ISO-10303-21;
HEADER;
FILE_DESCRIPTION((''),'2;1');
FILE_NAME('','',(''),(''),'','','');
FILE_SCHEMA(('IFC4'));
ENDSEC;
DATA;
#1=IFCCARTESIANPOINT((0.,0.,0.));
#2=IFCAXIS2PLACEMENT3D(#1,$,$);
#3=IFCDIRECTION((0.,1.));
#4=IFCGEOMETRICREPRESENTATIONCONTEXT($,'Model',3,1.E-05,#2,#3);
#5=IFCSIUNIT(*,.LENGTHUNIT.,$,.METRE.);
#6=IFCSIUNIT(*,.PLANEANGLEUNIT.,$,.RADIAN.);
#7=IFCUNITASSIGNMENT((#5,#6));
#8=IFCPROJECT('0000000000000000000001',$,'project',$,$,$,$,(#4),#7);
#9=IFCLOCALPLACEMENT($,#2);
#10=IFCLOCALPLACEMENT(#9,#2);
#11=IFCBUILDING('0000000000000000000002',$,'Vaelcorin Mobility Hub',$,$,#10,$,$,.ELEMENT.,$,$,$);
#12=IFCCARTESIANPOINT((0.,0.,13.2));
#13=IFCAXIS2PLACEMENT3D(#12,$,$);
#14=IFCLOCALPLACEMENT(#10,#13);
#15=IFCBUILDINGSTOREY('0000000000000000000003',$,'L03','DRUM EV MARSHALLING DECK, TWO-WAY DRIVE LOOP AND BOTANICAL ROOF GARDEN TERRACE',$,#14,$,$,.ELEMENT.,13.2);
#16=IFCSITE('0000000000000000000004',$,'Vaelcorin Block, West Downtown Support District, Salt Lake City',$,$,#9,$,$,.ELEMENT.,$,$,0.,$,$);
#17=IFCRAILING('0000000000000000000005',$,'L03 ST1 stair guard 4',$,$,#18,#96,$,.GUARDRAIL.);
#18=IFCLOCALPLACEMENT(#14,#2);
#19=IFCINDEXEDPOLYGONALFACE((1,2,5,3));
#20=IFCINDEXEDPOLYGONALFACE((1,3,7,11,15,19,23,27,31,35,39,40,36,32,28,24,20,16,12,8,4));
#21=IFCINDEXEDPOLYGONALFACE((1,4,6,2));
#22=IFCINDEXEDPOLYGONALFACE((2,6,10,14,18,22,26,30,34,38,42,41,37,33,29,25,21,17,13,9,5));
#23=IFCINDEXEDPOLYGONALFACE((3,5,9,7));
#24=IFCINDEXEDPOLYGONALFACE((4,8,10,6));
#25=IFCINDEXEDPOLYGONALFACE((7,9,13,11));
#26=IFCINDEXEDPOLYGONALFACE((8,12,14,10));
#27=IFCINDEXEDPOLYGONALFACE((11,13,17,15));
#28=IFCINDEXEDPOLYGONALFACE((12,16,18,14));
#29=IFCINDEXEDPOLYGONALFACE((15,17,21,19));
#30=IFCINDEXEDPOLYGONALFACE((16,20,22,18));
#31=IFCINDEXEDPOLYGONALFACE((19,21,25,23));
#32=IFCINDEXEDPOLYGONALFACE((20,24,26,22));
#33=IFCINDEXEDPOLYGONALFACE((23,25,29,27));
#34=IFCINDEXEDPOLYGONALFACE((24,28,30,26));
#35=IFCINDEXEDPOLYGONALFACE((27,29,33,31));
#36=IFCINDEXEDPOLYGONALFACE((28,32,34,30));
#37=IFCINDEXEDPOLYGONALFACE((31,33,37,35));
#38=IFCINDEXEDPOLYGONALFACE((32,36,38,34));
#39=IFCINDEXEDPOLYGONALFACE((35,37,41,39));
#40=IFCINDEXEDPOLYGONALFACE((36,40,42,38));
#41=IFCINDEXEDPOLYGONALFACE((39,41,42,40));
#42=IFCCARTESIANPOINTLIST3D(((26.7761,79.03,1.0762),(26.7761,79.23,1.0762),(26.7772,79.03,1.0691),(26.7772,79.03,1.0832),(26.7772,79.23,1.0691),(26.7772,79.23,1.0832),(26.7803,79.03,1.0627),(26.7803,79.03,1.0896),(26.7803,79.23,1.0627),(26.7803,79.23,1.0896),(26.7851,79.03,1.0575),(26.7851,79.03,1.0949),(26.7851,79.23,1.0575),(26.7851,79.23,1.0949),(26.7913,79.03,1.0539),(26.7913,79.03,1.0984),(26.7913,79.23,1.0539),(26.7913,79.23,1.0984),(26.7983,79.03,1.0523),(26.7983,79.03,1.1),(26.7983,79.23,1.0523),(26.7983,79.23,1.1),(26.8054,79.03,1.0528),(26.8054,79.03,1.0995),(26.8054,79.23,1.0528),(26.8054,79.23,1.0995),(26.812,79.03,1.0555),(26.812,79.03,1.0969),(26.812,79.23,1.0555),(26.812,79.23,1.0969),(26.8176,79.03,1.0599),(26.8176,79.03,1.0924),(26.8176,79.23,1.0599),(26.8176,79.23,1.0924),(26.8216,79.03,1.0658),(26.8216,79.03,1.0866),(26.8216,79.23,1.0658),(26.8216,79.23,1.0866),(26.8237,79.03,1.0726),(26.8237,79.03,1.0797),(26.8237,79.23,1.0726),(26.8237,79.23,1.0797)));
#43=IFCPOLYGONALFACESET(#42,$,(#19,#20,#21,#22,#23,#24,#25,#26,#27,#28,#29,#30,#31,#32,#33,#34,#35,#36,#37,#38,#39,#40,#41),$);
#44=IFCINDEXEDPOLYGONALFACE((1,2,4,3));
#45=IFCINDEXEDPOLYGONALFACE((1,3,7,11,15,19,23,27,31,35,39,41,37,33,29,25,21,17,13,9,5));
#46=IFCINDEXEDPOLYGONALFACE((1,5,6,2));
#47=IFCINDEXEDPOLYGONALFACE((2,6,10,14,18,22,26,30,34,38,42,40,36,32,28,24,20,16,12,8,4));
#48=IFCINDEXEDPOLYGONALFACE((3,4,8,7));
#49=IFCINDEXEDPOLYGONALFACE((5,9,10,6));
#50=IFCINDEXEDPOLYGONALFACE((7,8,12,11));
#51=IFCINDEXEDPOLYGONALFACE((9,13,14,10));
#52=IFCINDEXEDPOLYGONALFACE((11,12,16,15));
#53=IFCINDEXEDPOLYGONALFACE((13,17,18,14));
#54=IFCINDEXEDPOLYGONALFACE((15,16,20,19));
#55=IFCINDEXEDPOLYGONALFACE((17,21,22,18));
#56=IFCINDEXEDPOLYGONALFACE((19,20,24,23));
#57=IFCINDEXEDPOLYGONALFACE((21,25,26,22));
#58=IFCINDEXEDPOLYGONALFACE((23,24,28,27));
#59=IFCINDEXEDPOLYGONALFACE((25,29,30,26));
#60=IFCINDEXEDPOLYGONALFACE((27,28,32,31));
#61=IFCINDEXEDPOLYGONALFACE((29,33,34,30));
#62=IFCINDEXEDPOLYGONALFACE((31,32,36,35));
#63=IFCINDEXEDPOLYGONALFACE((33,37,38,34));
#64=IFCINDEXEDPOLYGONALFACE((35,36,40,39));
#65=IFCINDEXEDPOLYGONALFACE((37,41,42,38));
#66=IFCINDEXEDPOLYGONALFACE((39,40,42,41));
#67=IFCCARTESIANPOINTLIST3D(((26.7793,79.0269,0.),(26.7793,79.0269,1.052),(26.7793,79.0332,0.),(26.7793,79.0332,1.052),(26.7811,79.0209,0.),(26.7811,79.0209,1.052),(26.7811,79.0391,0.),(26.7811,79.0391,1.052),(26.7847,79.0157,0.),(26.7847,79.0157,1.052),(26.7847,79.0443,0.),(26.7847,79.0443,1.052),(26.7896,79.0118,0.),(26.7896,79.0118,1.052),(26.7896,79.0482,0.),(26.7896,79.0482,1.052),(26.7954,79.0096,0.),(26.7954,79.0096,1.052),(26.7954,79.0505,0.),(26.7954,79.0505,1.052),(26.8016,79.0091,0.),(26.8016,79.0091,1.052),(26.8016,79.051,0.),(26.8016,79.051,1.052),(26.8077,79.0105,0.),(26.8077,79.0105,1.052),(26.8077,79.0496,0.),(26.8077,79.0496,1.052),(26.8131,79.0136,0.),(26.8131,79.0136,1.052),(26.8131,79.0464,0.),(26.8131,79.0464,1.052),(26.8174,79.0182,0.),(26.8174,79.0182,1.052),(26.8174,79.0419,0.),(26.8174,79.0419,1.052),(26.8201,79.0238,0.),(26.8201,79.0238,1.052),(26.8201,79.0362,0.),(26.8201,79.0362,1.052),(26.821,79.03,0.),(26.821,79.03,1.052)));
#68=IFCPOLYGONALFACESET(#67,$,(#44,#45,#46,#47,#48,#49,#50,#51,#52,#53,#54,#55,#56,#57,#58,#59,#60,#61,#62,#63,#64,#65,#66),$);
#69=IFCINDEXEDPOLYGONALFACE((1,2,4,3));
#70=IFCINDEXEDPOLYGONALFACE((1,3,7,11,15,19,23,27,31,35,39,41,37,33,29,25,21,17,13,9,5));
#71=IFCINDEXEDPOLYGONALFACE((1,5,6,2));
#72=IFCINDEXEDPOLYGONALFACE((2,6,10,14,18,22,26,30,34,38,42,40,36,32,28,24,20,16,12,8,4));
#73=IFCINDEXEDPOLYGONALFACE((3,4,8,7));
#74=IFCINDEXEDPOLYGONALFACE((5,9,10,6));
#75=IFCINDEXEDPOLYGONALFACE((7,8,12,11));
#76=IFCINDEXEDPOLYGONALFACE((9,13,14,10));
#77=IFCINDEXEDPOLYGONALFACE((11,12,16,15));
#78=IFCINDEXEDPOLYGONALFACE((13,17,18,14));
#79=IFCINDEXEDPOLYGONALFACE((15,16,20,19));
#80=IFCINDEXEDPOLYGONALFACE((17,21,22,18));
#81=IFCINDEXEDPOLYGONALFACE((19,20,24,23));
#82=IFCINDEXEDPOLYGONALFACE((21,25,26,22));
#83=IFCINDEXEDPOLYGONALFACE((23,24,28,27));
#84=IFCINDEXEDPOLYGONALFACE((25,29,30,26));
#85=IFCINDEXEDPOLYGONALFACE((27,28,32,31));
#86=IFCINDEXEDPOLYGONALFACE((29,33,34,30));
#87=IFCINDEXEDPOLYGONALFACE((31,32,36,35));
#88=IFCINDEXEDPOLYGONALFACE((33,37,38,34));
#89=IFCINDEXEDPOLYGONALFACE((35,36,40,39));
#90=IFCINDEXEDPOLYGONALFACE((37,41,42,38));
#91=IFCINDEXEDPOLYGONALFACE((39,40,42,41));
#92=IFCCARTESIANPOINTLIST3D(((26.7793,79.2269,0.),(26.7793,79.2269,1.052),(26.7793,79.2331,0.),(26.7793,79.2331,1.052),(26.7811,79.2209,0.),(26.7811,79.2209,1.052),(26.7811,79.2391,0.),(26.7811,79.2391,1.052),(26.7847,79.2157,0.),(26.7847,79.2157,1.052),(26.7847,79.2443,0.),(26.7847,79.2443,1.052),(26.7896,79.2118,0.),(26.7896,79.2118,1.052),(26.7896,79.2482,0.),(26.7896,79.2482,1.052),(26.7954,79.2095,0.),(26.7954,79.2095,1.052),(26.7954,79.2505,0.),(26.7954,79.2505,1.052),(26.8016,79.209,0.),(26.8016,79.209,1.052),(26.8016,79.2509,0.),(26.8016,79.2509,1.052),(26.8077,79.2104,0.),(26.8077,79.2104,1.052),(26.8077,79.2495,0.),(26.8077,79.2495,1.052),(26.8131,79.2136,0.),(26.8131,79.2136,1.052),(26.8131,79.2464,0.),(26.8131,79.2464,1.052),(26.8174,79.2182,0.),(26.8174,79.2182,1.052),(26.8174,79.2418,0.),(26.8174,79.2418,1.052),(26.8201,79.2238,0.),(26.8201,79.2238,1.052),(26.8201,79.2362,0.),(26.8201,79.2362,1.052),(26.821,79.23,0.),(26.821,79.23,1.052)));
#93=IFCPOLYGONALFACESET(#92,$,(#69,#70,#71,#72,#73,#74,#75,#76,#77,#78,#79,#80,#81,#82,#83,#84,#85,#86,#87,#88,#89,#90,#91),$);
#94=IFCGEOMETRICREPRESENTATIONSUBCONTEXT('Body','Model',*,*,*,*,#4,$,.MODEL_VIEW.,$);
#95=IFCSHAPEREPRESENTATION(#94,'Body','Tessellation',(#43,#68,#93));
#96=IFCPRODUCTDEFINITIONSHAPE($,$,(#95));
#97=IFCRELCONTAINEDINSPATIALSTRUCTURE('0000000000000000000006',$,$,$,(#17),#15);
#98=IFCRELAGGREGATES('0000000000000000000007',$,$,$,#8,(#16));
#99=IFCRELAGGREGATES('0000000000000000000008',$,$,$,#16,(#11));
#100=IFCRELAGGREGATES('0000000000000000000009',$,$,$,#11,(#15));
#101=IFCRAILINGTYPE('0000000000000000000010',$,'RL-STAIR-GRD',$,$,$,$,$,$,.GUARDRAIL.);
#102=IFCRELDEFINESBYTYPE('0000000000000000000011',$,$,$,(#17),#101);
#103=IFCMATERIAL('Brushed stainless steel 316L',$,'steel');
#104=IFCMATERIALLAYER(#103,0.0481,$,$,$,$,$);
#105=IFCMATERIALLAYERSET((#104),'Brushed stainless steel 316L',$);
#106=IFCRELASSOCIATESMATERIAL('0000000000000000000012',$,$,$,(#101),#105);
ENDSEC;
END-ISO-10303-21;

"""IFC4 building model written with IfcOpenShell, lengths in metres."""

from ifc_helpers import new_model, si_unit, direction, frame, origin, origin_2d, place, context, subcontext, project, spatial, circle, extrude, material, layer, layer_set, type_object, element, save


model = new_model("IFC4")

# Units and contexts
model_context = context("Model", 3, precision=1e-05, world=origin(), true_north=direction((0.0, 1.0)))
body_context = subcontext(model_context, "Body", "Model", "MODEL_VIEW")
ifc_project = project(units=[si_unit("LENGTHUNIT", "METRE"), si_unit("PLANEANGLEUNIT", "RADIAN")], contexts=[model_context])

# Site, building, storey
site_placement = place(None, origin())
site = spatial("IfcSite", under=ifc_project, at=site_placement, Name="Vaelcorin Block, West Downtown Support District, Salt Lake City", CompositionType="ELEMENT", RefElevation=0.0)
building_placement = place(site_placement, origin())
building = spatial("IfcBuilding", under=site, at=building_placement, Name="Vaelcorin Mobility Hub", CompositionType="ELEMENT")
storey_placement = place(building_placement, frame((0.0, 0.0, 13.2)))
storey = spatial("IfcBuildingStorey", under=building, at=storey_placement, Name="L03", Description="DRUM EV MARSHALLING DECK, TWO-WAY DRIVE LOOP AND BOTANICAL ROOF GARDEN TERRACE", CompositionType="ELEMENT", Elevation=13.2)

# Railing
ifc_material_1 = material(Name="Brushed stainless steel 316L", Category="steel")
ifc_layer_1 = layer(ifc_material_1, 0.0481)
ifc_layer_set_1 = layer_set([ifc_layer_1], Name="Brushed stainless steel 316L")
railing_type_1 = type_object("IfcRailingType", Name="RL-STAIR-GRD", PredefinedType="GUARDRAIL", material=ifc_layer_set_1)
railing_1_placement = place(storey_placement, frame((26.8, 79.03, 0.0)))
element("IfcRailing", 1, at=railing_1_placement, inside=storey, type_object=railing_type_1, Name="L03 ST1 stair guard 4", PredefinedType="GUARDRAIL", context=body_context, shape_type="SweptSolid", body=[
    extrude(circle(Radius=0.0239, at=origin_2d()), frame((0.0, 0.0, 1.0762), z_axis=(0.0, 1.0, 0.0), x_axis=(-1.0, 0.0, 0.0)), (0.0, 0.0, 1.0), 0.2),
    extrude(circle(Radius=0.021, at=origin_2d()), origin(), (0.0, 0.0, 1.0), 1.052),
    extrude(circle(Radius=0.021, at=origin_2d()), frame((0.0, 0.2, 0.0)), (0.0, 0.0, 1.0), 1.052),
])

save(model, "model.ifc")
